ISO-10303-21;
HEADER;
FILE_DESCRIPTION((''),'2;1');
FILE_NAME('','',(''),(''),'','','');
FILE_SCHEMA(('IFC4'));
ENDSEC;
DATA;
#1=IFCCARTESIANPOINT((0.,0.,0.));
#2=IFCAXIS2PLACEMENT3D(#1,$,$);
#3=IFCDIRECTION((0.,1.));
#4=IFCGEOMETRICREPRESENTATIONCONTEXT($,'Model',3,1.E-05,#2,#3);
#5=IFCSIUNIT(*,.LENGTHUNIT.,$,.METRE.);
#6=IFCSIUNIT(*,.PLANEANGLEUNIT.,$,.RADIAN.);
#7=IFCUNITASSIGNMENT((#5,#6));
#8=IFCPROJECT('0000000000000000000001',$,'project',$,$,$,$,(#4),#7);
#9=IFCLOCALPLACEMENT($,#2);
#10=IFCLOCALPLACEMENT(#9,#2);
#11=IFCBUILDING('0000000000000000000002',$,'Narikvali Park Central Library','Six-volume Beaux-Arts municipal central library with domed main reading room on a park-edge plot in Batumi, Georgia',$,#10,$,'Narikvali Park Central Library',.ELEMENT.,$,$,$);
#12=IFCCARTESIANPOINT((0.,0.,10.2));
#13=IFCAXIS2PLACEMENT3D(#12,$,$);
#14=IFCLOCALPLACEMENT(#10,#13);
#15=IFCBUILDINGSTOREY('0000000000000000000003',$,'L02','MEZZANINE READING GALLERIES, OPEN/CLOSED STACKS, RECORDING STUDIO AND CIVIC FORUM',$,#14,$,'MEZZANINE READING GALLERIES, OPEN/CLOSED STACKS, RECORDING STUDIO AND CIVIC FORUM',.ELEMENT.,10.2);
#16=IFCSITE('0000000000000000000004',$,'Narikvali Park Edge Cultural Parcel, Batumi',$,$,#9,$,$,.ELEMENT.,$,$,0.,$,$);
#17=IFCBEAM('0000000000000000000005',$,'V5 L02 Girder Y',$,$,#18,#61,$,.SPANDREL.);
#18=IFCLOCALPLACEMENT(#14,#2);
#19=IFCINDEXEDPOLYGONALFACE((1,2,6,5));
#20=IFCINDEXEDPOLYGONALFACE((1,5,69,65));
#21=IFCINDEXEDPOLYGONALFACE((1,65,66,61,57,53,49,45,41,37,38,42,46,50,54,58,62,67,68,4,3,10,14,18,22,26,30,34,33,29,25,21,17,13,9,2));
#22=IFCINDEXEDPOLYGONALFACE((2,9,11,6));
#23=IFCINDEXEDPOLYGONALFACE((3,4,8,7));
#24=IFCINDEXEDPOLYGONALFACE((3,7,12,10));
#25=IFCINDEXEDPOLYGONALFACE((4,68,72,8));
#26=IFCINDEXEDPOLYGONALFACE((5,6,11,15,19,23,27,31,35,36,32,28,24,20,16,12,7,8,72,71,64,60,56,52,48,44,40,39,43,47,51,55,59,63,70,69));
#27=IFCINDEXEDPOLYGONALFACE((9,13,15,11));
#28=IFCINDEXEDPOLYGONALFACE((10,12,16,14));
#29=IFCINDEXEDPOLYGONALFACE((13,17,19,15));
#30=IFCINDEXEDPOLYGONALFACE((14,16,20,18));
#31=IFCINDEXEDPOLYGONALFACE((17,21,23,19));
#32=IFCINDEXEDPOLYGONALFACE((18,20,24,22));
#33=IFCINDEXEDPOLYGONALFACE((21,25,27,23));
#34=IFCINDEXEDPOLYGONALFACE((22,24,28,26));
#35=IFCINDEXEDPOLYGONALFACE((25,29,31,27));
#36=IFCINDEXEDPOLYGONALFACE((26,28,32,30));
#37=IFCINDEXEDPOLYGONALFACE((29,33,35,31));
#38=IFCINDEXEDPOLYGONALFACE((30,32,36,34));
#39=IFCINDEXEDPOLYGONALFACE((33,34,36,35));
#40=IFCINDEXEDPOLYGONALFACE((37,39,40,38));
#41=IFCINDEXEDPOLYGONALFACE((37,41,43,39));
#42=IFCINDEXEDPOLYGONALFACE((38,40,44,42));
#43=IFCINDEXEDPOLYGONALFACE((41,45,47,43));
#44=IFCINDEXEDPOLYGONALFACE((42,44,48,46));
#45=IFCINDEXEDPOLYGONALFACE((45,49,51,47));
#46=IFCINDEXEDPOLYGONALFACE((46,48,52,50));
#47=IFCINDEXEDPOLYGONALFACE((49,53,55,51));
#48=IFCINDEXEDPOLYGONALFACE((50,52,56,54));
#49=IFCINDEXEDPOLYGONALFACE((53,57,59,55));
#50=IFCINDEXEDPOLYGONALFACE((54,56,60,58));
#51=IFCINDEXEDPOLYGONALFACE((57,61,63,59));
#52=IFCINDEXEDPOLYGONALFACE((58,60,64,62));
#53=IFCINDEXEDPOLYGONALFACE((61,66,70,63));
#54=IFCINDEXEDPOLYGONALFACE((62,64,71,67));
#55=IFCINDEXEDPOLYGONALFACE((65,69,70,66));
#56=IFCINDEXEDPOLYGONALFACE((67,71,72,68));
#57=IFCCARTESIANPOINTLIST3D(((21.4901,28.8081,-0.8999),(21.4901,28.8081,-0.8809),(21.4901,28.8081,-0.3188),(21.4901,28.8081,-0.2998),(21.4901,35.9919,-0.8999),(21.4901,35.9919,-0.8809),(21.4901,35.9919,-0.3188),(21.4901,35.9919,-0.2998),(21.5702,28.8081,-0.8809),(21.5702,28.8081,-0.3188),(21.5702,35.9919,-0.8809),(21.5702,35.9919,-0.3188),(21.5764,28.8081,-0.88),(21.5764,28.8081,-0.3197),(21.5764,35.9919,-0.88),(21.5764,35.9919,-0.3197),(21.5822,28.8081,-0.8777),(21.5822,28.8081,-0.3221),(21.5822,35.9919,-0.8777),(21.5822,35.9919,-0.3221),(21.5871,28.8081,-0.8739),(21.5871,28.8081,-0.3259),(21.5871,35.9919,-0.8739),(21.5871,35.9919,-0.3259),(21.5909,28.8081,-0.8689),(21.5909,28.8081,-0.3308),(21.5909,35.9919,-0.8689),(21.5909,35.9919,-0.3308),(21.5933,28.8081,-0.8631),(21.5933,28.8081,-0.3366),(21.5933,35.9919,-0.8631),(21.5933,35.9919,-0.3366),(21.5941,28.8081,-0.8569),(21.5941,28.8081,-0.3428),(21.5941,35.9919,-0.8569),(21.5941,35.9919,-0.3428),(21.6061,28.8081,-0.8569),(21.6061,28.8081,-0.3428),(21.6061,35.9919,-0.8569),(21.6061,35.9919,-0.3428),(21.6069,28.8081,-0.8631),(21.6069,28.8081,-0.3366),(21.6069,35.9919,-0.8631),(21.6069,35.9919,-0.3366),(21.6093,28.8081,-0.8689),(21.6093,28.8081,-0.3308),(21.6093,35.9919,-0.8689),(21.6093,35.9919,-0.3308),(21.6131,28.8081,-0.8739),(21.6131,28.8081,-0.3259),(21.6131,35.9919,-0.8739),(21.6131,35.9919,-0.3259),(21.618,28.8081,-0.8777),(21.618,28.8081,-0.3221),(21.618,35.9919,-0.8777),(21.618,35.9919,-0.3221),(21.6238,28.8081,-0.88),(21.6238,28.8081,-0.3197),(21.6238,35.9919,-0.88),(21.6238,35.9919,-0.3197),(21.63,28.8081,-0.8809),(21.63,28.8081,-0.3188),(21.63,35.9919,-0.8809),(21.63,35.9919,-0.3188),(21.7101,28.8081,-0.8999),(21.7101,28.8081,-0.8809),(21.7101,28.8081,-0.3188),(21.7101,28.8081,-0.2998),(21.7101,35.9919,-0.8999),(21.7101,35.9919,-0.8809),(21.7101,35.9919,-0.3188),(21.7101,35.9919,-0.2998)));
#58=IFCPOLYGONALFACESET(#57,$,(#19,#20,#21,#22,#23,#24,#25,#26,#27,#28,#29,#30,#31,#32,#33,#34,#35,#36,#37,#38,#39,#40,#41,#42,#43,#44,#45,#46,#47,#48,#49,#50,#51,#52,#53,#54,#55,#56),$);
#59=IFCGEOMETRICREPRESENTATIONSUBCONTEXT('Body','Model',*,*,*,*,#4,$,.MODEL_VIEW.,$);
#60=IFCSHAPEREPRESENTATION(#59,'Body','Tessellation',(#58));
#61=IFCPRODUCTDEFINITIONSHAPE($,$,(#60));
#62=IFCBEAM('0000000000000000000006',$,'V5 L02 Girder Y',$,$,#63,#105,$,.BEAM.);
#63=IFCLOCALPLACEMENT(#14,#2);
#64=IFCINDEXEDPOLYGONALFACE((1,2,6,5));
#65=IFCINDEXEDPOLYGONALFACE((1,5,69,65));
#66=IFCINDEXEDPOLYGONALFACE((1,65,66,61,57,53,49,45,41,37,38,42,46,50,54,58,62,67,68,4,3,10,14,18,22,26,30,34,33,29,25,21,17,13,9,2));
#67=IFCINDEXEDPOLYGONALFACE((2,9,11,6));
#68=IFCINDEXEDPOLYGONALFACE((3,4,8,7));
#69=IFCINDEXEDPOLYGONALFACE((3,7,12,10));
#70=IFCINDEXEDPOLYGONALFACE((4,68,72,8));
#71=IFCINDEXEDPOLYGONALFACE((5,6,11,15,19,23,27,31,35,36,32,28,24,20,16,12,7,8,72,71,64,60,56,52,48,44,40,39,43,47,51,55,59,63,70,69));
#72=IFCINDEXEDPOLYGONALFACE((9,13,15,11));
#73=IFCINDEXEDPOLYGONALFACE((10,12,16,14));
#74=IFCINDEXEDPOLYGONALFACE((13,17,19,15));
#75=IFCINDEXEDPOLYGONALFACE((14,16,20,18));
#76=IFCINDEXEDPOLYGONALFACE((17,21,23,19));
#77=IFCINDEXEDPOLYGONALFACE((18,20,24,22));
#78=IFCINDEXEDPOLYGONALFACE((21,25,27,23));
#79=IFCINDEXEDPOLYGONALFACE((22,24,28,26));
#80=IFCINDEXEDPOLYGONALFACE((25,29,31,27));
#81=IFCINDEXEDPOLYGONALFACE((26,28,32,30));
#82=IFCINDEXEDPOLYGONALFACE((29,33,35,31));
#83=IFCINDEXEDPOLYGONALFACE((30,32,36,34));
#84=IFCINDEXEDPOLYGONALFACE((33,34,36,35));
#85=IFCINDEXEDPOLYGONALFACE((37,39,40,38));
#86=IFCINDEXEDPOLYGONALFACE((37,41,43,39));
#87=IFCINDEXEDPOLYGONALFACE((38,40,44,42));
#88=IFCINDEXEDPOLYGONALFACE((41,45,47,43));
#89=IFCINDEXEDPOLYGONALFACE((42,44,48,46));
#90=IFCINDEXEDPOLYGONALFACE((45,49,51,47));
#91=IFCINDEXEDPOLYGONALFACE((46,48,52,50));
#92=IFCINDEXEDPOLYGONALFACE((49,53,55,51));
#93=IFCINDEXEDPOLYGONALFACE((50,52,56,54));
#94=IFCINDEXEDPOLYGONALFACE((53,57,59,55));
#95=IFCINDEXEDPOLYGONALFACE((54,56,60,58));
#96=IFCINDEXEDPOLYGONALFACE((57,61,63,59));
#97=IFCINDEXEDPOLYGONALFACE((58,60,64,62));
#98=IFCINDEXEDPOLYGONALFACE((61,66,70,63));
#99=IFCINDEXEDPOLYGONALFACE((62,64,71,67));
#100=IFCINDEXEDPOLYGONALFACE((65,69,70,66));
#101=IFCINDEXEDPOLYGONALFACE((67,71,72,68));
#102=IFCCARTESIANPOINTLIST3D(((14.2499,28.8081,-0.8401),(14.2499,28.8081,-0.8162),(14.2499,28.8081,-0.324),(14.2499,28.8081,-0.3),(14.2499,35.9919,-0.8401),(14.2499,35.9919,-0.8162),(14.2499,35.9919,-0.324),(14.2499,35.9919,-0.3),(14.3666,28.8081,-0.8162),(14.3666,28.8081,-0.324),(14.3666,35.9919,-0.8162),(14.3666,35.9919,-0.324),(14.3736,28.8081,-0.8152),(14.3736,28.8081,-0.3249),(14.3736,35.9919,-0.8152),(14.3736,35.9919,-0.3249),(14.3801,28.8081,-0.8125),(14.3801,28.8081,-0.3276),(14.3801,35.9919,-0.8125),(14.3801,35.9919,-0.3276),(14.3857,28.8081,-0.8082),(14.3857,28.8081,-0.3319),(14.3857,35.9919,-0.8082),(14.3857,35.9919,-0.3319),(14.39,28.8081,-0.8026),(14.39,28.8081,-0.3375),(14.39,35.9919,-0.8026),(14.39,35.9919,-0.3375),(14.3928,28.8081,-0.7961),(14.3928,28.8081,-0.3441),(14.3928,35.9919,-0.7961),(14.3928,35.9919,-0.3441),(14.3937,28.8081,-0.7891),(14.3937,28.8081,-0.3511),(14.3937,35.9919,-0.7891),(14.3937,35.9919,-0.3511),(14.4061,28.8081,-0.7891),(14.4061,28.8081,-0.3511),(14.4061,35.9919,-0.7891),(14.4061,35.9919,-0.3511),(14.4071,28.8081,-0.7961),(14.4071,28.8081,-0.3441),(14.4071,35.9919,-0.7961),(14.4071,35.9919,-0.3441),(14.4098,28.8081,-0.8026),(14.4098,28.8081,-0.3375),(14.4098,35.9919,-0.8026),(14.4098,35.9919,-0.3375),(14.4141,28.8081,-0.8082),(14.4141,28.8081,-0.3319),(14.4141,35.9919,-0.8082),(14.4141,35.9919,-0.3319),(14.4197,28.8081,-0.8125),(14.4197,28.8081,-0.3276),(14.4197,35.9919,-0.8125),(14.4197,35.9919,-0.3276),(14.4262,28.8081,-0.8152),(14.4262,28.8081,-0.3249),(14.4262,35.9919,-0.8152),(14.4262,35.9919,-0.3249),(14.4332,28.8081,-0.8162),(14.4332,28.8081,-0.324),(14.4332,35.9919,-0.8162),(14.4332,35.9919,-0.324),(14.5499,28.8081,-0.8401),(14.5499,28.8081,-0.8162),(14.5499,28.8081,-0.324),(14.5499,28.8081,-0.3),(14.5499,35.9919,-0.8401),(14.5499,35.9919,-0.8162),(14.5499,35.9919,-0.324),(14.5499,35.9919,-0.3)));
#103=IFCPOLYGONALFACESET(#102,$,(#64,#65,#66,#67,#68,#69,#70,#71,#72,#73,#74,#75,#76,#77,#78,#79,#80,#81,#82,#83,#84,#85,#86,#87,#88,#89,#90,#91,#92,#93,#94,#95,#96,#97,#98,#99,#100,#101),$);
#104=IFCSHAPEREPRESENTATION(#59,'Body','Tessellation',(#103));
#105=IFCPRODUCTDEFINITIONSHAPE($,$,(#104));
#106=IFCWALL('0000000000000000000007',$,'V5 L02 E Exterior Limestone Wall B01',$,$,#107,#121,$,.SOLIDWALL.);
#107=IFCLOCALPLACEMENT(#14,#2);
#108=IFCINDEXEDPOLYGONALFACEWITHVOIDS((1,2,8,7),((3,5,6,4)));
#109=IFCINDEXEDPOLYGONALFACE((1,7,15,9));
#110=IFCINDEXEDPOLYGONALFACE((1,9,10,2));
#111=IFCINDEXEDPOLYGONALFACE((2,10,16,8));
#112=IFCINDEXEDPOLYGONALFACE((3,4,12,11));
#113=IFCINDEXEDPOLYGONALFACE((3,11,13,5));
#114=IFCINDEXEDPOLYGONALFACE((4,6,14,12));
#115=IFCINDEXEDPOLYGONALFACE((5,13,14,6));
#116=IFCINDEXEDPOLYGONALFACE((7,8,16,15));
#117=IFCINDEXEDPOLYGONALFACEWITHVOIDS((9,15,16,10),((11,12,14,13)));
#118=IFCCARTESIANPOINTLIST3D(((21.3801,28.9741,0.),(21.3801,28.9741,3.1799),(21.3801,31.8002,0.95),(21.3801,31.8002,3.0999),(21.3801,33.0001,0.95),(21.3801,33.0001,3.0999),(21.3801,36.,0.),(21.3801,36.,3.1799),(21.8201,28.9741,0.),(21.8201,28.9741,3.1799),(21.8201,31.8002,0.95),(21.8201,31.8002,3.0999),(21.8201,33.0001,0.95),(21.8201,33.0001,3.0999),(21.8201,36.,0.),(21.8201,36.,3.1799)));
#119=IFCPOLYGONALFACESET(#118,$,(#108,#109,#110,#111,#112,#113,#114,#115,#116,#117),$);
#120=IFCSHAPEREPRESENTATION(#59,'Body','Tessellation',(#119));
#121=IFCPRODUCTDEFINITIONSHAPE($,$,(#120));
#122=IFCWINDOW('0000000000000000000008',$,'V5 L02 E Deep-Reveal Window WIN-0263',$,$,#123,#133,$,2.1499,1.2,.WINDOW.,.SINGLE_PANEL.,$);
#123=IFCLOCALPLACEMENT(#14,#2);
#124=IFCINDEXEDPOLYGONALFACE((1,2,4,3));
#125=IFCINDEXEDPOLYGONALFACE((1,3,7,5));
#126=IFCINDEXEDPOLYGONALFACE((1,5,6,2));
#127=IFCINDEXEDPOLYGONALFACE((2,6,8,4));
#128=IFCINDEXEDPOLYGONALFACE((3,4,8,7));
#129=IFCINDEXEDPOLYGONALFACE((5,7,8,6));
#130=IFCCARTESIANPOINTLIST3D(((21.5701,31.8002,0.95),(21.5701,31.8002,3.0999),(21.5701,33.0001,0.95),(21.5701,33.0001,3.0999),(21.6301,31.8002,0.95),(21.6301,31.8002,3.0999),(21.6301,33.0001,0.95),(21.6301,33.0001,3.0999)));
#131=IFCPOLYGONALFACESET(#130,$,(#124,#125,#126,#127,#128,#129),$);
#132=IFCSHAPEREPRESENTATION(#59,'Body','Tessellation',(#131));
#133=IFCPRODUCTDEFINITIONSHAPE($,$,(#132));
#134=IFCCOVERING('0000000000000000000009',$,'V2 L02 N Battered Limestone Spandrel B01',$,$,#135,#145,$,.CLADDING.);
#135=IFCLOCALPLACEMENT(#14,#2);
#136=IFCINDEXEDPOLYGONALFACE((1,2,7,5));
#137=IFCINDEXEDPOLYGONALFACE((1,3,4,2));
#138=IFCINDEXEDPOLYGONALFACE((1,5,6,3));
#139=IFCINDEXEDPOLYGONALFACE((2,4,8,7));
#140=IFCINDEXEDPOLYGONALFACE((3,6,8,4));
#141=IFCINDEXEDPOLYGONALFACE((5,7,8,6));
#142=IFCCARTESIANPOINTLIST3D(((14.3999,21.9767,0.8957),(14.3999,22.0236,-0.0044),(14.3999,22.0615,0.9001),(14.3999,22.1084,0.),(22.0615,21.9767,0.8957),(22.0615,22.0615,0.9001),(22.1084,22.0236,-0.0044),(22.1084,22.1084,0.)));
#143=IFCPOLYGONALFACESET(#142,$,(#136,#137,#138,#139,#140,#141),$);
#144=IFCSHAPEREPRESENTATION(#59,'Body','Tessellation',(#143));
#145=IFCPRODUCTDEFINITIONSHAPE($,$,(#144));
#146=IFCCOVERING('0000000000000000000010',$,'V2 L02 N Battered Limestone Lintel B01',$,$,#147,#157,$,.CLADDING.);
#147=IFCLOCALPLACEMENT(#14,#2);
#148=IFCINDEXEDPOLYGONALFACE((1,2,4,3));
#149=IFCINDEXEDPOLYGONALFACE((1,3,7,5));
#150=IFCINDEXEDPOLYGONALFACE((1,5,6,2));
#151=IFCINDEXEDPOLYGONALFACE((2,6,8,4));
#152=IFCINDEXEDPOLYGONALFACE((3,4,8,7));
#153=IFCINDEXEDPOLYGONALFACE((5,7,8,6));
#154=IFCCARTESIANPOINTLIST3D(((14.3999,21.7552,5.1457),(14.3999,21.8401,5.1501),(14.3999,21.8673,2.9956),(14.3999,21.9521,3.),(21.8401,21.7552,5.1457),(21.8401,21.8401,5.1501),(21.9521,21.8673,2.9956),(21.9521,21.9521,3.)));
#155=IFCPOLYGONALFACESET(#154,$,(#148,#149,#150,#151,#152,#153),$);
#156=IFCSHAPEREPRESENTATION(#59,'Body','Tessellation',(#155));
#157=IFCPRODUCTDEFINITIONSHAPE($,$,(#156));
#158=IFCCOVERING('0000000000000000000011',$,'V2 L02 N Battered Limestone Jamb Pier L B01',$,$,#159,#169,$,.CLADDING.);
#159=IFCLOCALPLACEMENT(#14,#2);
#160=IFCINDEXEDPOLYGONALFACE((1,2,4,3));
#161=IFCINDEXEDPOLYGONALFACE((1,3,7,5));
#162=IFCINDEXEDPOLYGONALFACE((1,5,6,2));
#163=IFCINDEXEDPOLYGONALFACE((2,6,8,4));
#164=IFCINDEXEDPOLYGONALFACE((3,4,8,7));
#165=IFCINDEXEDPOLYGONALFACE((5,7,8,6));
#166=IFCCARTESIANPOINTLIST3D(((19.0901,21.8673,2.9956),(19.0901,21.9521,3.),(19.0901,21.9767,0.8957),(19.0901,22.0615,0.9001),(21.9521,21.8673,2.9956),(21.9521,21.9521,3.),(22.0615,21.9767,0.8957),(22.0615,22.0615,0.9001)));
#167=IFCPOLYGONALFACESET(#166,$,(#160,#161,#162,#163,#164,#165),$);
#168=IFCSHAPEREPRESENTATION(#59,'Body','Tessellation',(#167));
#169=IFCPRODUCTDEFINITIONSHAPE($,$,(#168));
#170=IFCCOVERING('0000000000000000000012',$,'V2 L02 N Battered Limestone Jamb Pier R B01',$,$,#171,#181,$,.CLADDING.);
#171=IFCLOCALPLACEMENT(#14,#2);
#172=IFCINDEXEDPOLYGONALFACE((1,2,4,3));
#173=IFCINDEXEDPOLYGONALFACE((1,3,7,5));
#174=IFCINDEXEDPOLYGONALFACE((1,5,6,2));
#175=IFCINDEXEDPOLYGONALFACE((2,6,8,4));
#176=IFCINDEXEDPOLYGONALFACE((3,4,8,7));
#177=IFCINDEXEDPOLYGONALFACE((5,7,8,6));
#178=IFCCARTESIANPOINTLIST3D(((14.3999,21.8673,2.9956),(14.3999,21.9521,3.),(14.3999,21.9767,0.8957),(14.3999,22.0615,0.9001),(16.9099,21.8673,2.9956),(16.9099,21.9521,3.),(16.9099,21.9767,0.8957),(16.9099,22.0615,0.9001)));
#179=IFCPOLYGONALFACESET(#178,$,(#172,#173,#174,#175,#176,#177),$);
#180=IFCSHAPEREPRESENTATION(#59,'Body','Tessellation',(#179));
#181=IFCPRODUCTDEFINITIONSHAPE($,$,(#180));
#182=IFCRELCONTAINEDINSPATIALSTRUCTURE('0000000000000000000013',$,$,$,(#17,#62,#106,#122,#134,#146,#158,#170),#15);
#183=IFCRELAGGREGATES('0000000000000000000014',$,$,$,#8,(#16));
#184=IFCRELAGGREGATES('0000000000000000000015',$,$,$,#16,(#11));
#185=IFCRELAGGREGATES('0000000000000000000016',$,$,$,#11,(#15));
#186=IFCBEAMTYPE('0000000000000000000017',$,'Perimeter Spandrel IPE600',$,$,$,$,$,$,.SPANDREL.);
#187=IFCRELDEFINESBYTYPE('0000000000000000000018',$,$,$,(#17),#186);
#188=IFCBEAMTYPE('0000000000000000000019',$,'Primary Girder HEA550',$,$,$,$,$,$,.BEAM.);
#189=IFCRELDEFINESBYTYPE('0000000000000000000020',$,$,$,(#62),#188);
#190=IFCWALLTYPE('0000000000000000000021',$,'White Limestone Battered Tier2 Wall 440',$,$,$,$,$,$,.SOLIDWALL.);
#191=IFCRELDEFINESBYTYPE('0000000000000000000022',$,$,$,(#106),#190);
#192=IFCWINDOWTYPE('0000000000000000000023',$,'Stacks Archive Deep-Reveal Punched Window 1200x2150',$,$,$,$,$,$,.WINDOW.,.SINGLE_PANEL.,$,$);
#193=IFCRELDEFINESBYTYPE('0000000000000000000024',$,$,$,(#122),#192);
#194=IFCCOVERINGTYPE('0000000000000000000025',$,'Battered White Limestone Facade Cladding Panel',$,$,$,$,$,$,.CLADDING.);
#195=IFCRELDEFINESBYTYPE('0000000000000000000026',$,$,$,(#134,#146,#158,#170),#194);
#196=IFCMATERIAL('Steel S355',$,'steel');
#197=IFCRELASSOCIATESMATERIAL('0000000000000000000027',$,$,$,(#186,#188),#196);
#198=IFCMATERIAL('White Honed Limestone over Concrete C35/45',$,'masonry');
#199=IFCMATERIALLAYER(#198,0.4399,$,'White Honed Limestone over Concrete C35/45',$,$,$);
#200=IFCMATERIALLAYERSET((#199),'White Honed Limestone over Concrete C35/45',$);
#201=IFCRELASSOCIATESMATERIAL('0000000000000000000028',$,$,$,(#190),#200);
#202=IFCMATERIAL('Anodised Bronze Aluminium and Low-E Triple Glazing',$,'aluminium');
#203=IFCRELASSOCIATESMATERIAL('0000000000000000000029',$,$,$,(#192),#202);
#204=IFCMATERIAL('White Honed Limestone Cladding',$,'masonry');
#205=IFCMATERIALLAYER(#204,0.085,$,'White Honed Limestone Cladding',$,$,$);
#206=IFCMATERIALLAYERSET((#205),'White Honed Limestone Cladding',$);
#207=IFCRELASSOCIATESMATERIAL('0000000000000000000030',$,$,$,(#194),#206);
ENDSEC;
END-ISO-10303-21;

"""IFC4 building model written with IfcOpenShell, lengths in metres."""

from ifc_helpers import new_model, si_unit, direction, frame, frame_2d, origin, origin_2d, place, context, subcontext, project, spatial, polyline, rectangle, i_section, outline, extrude, material, layer, layer_set, material_profile, profile_set, type_object, element, fill, save


model = new_model("IFC4")

# Units and contexts
model_context = context("Model", 3, precision=1e-05, world=origin(), true_north=direction((0.0, 1.0)))
body_context = subcontext(model_context, "Body", "Model", "MODEL_VIEW")
ifc_project = project(units=[si_unit("LENGTHUNIT", "METRE"), si_unit("PLANEANGLEUNIT", "RADIAN")], contexts=[model_context])

# Site, building, storey
site_placement = place(None, origin())
site = spatial("IfcSite", under=ifc_project, at=site_placement, Name="Narikvali Park Edge Cultural Parcel, Batumi", CompositionType="ELEMENT", RefElevation=0.0)
building_placement = place(site_placement, origin())
building = spatial("IfcBuilding", under=site, at=building_placement, Name="Narikvali Park Central Library", Description="Six-volume Beaux-Arts municipal central library with domed main reading room on a park-edge plot in Batumi, Georgia", LongName="Narikvali Park Central Library", CompositionType="ELEMENT")
storey_placement = place(building_placement, frame((0.0, 0.0, 10.2)))
storey = spatial("IfcBuildingStorey", under=building, at=storey_placement, Name="L02", Description="MEZZANINE READING GALLERIES, OPEN/CLOSED STACKS, RECORDING STUDIO AND CIVIC FORUM", LongName="MEZZANINE READING GALLERIES, OPEN/CLOSED STACKS, RECORDING STUDIO AND CIVIC FORUM", CompositionType="ELEMENT", Elevation=10.2)

# Shared definitions
ifc_material_1 = material(Name="Steel S355", Category="steel")

# Beams
ifc_material_profile_1 = material_profile(ifc_material_1, i_section(OverallWidth=0.22, OverallDepth=0.6001, WebThickness=0.012, FlangeThickness=0.019, FilletRadius=0.0239, at=origin_2d()), Name="IPE 600")
ifc_profile_set_1 = profile_set([ifc_material_profile_1], Name="Steel S355")
beam_type_1 = type_object("IfcBeamType", Name="Perimeter Spandrel IPE600", PredefinedType="SPANDREL", material=ifc_profile_set_1)
beam_1_placement = place(storey_placement, frame((21.6001, 28.8081, -0.5999), z_axis=(0.0, 1.0, 0.0), x_axis=(-1.0, 0.0, 0.0)))
element("IfcBeam", 1, at=beam_1_placement, inside=storey, type_object=beam_type_1, Name="V5 L02 Girder Y", PredefinedType="SPANDREL", context=body_context, shape_type="SweptSolid", body=[
    extrude(i_section(OverallWidth=0.22, OverallDepth=0.6001, WebThickness=0.012, FlangeThickness=0.019, FilletRadius=0.0239, at=origin_2d()), origin(), (0.0, 0.0, 1.0), 7.1838),
])
ifc_material_profile_2 = material_profile(ifc_material_1, i_section(OverallWidth=0.3, OverallDepth=0.54, WebThickness=0.0125, FlangeThickness=0.0239, FilletRadius=0.0271, at=origin_2d()), Name="HEA 550")
ifc_profile_set_2 = profile_set([ifc_material_profile_2], Name="Steel S355")
beam_type_2 = type_object("IfcBeamType", Name="Primary Girder HEA550", PredefinedType="BEAM", material=ifc_profile_set_2)
beam_2_placement = place(storey_placement, frame((14.3999, 28.8081, -0.5701), z_axis=(0.0, 1.0, 0.0), x_axis=(-1.0, 0.0, 0.0)))
element("IfcBeam", 2, at=beam_2_placement, inside=storey, type_object=beam_type_2, Name="V5 L02 Girder Y", PredefinedType="BEAM", context=body_context, shape_type="SweptSolid", body=[
    extrude(i_section(OverallWidth=0.3, OverallDepth=0.54, WebThickness=0.0125, FlangeThickness=0.0239, FilletRadius=0.0271, at=origin_2d()), origin(), (0.0, 0.0, 1.0), 7.1838),
])

# Wall, opening, window
ifc_material_2 = material(Name="White Honed Limestone over Concrete C35/45", Category="masonry")
ifc_layer_1 = layer(ifc_material_2, 0.4399, Name="White Honed Limestone over Concrete C35/45")
ifc_layer_set_1 = layer_set([ifc_layer_1], Name="White Honed Limestone over Concrete C35/45")
wall_type = type_object("IfcWallType", Name="White Limestone Battered Tier2 Wall 440", PredefinedType="SOLIDWALL", material=ifc_layer_set_1)
wall_placement = place(storey_placement, frame((21.6001, 28.9741, 0.0), z_axis=(0.0, 0.0, 1.0), x_axis=(0.0, 1.0, 0.0)))
wall = element("IfcWall", 3, at=wall_placement, inside=storey, type_object=wall_type, Name="V5 L02 E Exterior Limestone Wall B01", PredefinedType="SOLIDWALL", context=body_context, shape_type="SweptSolid", body=[
    extrude(rectangle(XDim=7.0259, YDim=0.4399, at=frame_2d((3.5129, 0.0))), origin(), (0.0, 0.0, 1.0), 3.1799),
])
opening_placement = place(wall_placement, frame((2.8259, 0.0, 0.95)))
opening = element("IfcOpeningElement", 4, at=opening_placement, cuts=wall, PredefinedType="OPENING", context=body_context, shape_type="SweptSolid", body=[
    extrude(rectangle(XDim=1.2, YDim=2.1499, at=frame_2d((0.6001, 1.075))), frame((0.0, 0.2319, 0.0), z_axis=(0.0, -1.0, 0.0), x_axis=(1.0, 0.0, 0.0)), (0.0, 0.0, 1.0), 0.4639),
])
ifc_material_3 = material(Name="Anodised Bronze Aluminium and Low-E Triple Glazing", Category="aluminium")
window_type = type_object("IfcWindowType", Name="Stacks Archive Deep-Reveal Punched Window 1200x2150", PartitioningType="SINGLE_PANEL", PredefinedType="WINDOW", material=ifc_material_3)
window_placement = place(opening_placement, origin())
window = element("IfcWindow", 5, at=window_placement, inside=storey, type_object=window_type, Name="V5 L02 E Deep-Reveal Window WIN-0263", OverallHeight=2.1499, OverallWidth=1.2, PartitioningType="SINGLE_PANEL", PredefinedType="WINDOW", context=body_context, shape_type="SweptSolid", body=[
    extrude(rectangle(XDim=1.2, YDim=2.1499, at=frame_2d((0.6001, 1.075))), frame((0.0, 0.03, 0.0), z_axis=(0.0, -1.0, 0.0), x_axis=(1.0, 0.0, 0.0)), (0.0, 0.0, 1.0), 0.0601),
])
fill(opening, window)

# Coverings
ifc_material_4 = material(Name="White Honed Limestone Cladding", Category="masonry")
ifc_layer_2 = layer(ifc_material_4, 0.085, Name="White Honed Limestone Cladding")
ifc_layer_set_2 = layer_set([ifc_layer_2], Name="White Honed Limestone Cladding")
covering_type = type_object("IfcCoveringType", Name="Battered White Limestone Facade Cladding Panel", PredefinedType="CLADDING", material=ifc_layer_set_2)
covering_1_placement = place(storey_placement, frame((22.1084, 22.1084, 0.0), z_axis=(0.0, 0.998647, 0.052004), x_axis=(-1.0, 0.0, 0.0)))
element("IfcCovering", 6, at=covering_1_placement, inside=storey, type_object=covering_type, Name="V2 L02 N Battered Limestone Spandrel B01", PredefinedType="CLADDING", context=body_context, shape_type="SweptSolid", body=[
    extrude(outline(polyline([(0.0, 0.0), (7.7085, 0.0), (7.7085, 0.9014), (0.0469, 0.9014), (0.0, 0.0)])), origin(), (0.0, 0.0, -1.0), 0.085),
])
covering_2_placement = place(storey_placement, frame((21.9521, 21.9521, 3.0), z_axis=(0.0, 0.998645, 0.052047), x_axis=(-1.0, 0.0, 0.0)))
element("IfcCovering", 7, at=covering_2_placement, inside=storey, type_object=covering_type, Name="V2 L02 N Battered Limestone Lintel B01", PredefinedType="CLADDING", context=body_context, shape_type="SweptSolid", body=[
    extrude(outline(polyline([(0.0, 0.0), (7.5522, 0.0), (7.5522, 2.1531), (0.1121, 2.1531), (0.0, 0.0)])), origin(), (0.0, 0.0, -1.0), 0.085),
])
covering_3_placement = place(storey_placement, frame((22.0615, 22.0615, 0.9001), z_axis=(0.0, 0.998646, 0.052016), x_axis=(-1.0, 0.0, 0.0)))
element("IfcCovering", 8, at=covering_3_placement, inside=storey, type_object=covering_type, Name="V2 L02 N Battered Limestone Jamb Pier L B01", PredefinedType="CLADDING", context=body_context, shape_type="SweptSolid", body=[
    extrude(outline(polyline([(0.0, 0.0), (2.9714, 0.0), (2.9714, 2.1027), (0.1094, 2.1027), (0.0, 0.0)])), origin(), (0.0, 0.0, -1.0), 0.085),
])
covering_4_placement = place(storey_placement, frame((16.9099, 22.0615, 0.9001), z_axis=(0.0, 0.998646, 0.052016), x_axis=(-1.0, 0.0, 0.0)))
element("IfcCovering", 9, at=covering_4_placement, inside=storey, type_object=covering_type, Name="V2 L02 N Battered Limestone Jamb Pier R B01", PredefinedType="CLADDING", context=body_context, shape_type="SweptSolid", body=[
    extrude(outline(polyline([(0.0, 0.0), (2.51, 0.0), (2.51, 2.1027), (0.0, 2.1027), (0.0, 0.0)])), origin(), (0.0, 0.0, -1.0), 0.085),
])

save(model, "model.ifc")
